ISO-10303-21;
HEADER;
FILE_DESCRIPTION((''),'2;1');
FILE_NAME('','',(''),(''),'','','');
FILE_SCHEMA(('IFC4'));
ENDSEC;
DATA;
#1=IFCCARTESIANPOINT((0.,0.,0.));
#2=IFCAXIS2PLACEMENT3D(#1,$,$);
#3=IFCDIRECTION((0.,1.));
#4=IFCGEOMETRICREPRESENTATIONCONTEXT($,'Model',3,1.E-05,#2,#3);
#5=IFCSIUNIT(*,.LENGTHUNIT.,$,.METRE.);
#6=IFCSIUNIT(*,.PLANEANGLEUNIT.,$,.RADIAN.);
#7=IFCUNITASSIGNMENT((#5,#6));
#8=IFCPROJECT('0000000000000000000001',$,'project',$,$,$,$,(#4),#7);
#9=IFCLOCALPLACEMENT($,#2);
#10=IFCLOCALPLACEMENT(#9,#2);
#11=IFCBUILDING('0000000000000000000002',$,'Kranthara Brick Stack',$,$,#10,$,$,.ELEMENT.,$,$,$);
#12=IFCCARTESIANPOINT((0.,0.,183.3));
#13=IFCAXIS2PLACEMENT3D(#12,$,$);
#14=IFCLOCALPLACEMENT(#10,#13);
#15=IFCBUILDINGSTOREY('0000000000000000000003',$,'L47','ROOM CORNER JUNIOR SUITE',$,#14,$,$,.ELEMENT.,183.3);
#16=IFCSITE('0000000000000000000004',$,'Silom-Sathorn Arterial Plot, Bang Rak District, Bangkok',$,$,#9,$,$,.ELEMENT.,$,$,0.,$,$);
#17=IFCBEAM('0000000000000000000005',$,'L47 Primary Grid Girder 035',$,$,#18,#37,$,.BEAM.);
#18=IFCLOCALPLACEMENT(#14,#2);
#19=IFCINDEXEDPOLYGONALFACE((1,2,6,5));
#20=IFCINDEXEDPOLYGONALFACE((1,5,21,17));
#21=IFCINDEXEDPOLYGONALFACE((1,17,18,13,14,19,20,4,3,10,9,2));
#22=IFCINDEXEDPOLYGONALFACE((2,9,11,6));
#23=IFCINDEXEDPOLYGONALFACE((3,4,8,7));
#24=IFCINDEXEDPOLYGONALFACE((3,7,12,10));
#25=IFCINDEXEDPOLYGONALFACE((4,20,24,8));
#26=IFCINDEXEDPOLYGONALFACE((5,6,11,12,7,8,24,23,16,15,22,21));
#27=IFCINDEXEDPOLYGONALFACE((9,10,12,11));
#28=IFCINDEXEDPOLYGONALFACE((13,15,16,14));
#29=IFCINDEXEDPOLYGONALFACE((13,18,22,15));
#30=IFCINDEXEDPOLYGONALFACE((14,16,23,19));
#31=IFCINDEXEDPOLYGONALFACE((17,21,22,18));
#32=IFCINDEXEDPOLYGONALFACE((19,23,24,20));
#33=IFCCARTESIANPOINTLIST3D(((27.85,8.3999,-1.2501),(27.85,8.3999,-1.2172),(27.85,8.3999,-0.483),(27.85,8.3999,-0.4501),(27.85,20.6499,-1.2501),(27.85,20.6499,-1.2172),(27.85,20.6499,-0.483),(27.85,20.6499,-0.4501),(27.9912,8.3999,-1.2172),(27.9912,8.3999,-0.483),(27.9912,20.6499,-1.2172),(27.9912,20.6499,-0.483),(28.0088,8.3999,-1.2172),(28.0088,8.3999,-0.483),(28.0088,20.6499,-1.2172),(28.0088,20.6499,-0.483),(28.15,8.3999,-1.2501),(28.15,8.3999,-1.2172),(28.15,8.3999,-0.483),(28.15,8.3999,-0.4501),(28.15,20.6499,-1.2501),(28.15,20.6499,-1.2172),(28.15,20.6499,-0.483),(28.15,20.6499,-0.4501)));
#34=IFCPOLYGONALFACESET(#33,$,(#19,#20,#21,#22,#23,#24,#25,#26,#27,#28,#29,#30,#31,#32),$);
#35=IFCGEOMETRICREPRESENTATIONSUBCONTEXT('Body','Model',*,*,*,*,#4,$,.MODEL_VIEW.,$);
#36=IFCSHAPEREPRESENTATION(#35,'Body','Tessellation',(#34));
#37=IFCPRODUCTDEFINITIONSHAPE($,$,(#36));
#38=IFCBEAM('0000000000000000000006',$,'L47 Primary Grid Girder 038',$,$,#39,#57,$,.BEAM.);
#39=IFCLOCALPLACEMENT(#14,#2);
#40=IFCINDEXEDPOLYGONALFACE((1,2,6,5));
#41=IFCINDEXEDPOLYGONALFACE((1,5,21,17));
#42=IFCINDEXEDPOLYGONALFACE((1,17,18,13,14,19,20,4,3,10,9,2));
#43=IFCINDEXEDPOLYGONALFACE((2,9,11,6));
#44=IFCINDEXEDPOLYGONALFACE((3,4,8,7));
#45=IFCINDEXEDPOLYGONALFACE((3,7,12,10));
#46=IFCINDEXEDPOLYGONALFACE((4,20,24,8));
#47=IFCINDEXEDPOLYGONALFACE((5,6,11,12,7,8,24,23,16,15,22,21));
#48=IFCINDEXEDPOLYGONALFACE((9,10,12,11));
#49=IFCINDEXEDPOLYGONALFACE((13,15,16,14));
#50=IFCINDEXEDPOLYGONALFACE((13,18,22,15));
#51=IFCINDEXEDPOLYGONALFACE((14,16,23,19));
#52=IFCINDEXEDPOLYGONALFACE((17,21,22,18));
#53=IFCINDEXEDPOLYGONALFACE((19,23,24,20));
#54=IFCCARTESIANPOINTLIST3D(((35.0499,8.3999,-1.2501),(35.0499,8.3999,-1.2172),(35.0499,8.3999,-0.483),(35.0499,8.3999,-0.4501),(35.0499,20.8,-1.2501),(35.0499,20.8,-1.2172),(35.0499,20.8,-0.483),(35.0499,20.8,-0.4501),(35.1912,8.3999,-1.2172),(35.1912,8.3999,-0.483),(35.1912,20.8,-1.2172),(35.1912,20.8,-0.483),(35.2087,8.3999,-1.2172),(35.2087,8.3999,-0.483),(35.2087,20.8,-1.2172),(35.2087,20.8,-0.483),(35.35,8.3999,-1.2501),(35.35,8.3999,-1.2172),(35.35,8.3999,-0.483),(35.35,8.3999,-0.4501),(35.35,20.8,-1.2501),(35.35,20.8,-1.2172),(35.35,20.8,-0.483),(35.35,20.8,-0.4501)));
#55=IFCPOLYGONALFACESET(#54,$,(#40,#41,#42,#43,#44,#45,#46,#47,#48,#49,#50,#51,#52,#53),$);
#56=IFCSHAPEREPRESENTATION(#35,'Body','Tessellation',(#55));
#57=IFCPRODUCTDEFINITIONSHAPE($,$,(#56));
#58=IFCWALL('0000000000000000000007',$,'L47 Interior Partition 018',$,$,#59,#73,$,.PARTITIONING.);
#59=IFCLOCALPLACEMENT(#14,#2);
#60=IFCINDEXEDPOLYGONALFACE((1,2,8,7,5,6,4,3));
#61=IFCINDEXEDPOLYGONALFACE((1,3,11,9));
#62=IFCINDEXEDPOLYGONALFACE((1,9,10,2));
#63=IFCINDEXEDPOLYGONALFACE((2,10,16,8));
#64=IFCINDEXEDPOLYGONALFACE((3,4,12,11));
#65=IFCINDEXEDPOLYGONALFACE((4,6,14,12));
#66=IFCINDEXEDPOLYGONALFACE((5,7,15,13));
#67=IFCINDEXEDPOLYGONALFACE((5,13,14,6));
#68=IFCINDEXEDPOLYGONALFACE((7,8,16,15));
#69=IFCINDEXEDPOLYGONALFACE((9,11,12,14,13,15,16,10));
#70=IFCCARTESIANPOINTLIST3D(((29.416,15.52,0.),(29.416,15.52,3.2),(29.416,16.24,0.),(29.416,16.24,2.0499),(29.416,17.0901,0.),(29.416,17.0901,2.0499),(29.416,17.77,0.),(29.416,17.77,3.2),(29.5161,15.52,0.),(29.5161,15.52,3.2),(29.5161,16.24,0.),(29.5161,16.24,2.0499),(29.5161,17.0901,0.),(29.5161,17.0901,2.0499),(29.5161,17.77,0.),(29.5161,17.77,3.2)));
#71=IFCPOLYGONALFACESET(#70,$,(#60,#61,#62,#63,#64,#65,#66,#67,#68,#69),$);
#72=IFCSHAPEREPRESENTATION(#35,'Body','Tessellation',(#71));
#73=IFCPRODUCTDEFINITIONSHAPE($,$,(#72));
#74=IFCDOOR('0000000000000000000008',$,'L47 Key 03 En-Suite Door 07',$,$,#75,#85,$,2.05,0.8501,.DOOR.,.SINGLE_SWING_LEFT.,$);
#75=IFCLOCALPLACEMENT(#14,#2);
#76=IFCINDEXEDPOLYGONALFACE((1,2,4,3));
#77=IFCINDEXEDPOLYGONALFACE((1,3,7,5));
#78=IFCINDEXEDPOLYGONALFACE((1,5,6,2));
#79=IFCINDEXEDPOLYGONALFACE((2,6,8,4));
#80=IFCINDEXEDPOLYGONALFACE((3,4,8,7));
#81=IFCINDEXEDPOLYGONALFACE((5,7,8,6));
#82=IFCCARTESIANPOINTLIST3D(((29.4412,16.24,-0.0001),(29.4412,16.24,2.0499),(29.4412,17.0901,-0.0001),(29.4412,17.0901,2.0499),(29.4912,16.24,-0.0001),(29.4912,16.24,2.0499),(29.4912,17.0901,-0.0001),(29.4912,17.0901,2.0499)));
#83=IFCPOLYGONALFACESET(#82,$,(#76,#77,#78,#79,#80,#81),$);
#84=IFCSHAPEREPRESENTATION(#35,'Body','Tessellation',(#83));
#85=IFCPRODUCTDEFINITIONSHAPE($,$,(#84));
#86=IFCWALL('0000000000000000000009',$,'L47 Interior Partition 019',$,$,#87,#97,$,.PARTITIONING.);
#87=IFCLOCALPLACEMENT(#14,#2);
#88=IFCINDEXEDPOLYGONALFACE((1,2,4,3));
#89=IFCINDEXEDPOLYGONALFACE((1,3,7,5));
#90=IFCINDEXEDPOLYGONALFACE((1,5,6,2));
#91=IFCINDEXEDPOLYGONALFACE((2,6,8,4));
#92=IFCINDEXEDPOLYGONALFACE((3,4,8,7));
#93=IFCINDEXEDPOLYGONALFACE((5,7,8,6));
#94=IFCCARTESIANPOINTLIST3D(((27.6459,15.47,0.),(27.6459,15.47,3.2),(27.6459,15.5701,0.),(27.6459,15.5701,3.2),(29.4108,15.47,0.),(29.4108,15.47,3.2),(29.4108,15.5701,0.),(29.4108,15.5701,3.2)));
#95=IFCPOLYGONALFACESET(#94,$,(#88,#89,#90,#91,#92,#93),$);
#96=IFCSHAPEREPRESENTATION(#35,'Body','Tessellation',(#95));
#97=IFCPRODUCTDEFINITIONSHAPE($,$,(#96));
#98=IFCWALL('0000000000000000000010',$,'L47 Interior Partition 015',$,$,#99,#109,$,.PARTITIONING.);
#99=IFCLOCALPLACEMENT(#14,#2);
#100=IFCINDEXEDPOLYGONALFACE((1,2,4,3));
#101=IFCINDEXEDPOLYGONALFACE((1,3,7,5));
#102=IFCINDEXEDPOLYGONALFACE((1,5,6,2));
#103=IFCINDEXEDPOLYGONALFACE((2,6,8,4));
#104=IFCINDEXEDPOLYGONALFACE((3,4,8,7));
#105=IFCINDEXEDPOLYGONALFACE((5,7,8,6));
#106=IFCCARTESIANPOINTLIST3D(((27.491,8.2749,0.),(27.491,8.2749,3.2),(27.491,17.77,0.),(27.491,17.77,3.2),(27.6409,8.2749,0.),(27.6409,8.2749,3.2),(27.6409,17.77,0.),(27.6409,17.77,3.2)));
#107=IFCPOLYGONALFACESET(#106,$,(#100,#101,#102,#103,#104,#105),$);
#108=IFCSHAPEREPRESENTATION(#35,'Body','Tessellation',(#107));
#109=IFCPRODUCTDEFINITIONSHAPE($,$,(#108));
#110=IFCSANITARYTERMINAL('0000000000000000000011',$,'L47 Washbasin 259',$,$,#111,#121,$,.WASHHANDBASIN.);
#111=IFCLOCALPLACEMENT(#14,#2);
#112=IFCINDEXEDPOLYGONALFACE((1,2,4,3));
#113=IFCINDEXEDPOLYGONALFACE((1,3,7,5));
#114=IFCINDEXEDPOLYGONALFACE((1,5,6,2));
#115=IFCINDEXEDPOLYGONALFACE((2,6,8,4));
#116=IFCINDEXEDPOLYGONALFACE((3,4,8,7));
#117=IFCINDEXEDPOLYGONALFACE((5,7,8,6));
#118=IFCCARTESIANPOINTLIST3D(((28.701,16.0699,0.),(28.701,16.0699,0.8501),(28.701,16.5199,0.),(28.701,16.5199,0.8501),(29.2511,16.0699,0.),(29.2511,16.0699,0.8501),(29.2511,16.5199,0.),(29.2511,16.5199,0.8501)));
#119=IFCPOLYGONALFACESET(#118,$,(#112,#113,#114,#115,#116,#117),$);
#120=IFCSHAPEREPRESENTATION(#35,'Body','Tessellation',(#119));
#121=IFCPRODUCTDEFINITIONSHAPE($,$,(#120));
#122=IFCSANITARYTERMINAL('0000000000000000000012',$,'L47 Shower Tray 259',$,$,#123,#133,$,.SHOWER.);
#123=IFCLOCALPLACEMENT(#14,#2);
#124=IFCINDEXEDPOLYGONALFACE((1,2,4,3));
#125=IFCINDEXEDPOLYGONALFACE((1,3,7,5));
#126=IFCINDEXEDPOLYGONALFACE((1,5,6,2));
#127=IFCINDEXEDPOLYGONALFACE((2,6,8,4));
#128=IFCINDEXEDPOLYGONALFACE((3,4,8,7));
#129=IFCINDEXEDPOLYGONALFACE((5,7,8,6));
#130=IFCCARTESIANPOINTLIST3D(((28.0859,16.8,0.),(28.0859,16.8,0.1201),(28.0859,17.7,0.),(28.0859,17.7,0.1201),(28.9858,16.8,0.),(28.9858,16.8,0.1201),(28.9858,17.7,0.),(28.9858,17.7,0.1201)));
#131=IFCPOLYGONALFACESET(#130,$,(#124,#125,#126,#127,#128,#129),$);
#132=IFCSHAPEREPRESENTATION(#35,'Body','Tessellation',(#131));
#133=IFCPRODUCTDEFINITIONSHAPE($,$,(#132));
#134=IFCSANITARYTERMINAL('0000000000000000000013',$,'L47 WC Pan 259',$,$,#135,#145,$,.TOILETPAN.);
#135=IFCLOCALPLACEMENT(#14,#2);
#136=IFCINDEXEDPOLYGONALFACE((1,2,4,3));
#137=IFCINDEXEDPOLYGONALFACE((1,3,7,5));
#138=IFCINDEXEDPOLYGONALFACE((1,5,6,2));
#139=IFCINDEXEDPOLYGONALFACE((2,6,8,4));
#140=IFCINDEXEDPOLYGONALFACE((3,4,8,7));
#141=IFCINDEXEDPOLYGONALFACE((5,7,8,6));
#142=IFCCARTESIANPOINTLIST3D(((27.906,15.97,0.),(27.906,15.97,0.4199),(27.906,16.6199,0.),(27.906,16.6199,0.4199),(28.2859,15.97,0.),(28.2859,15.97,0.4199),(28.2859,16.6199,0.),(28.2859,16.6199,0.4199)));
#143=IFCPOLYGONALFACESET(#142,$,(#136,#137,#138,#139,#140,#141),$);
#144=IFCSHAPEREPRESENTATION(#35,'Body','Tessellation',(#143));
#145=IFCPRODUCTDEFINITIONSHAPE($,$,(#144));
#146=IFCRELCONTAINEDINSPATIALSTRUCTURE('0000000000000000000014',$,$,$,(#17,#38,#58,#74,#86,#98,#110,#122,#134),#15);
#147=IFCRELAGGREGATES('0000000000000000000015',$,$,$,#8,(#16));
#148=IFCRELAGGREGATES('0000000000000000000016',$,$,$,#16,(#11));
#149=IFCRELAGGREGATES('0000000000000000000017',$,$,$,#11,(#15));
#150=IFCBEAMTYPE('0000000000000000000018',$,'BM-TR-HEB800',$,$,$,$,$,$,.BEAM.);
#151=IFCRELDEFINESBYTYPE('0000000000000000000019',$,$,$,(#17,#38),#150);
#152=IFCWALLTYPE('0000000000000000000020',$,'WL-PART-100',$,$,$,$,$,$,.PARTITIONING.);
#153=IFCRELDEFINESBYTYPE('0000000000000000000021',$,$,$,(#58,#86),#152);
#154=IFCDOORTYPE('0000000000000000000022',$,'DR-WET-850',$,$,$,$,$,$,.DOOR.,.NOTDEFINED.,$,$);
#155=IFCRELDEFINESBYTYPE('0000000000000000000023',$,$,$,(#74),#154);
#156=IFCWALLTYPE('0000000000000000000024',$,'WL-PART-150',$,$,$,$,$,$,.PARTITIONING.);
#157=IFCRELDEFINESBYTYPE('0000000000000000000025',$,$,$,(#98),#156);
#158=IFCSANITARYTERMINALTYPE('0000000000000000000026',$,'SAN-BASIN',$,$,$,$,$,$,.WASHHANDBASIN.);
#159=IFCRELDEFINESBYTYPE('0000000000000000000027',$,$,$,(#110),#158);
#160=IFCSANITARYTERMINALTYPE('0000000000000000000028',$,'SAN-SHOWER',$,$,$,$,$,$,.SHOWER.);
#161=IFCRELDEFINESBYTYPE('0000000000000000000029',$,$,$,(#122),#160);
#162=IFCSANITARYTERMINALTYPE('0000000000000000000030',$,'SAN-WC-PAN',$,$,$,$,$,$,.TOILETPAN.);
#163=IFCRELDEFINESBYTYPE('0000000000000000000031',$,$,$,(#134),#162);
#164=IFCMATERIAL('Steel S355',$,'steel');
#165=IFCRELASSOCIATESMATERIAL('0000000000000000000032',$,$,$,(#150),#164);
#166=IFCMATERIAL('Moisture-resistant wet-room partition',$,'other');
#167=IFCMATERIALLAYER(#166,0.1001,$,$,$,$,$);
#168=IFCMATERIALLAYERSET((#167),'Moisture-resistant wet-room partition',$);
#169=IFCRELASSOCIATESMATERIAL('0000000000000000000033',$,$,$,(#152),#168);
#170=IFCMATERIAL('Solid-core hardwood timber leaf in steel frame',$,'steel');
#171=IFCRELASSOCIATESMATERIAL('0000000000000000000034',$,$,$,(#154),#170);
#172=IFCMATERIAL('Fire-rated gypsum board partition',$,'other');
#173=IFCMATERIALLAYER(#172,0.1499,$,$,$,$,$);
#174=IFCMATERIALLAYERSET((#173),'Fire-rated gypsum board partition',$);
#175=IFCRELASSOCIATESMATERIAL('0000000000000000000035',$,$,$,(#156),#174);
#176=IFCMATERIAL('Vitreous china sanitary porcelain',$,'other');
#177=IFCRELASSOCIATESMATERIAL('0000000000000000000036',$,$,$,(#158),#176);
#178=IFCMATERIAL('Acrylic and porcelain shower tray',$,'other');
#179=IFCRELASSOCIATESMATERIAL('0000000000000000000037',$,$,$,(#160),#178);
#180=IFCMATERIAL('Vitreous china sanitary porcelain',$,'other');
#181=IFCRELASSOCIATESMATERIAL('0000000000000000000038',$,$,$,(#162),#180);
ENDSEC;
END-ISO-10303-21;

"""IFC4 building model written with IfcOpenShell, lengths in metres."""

from ifc_helpers import new_model, si_unit, direction, frame, frame_2d, origin, origin_2d, place, context, subcontext, project, spatial, rectangle, i_section, extrude, material, layer, layer_set, material_profile, profile_set, type_object, element, fill, save


model = new_model("IFC4")

# Units and contexts
model_context = context("Model", 3, precision=1e-05, world=origin(), true_north=direction((0.0, 1.0)))
body_context = subcontext(model_context, "Body", "Model", "MODEL_VIEW")
ifc_project = project(units=[si_unit("LENGTHUNIT", "METRE"), si_unit("PLANEANGLEUNIT", "RADIAN")], contexts=[model_context])

# Site, building, storey
site_placement = place(None, origin())
site = spatial("IfcSite", under=ifc_project, at=site_placement, Name="Silom-Sathorn Arterial Plot, Bang Rak District, Bangkok", CompositionType="ELEMENT", RefElevation=0.0)
building_placement = place(site_placement, origin())
building = spatial("IfcBuilding", under=site, at=building_placement, Name="Kranthara Brick Stack", CompositionType="ELEMENT")
storey_placement = place(building_placement, frame((0.0, 0.0, 183.3)))
storey = spatial("IfcBuildingStorey", under=building, at=storey_placement, Name="L47", Description="ROOM CORNER JUNIOR SUITE", CompositionType="ELEMENT", Elevation=183.3)

# Beams
ifc_material_1 = material(Name="Steel S355", Category="steel")
ifc_material_profile_1 = material_profile(ifc_material_1, i_section(OverallWidth=0.3, OverallDepth=0.8, WebThickness=0.0176, FlangeThickness=0.033, at=origin_2d()), Name="HEB 800")
ifc_profile_set_1 = profile_set([ifc_material_profile_1], Name="Steel S355")
beam_type_1 = type_object("IfcBeamType", Name="BM-TR-HEB800", PredefinedType="BEAM", material=ifc_profile_set_1)
beam_1_placement = place(storey_placement, frame((28.0, 8.3999, -0.8501), z_axis=(0.0, 1.0, 0.0), x_axis=(-1.0, 0.0, 0.0)))
element("IfcBeam", 1, at=beam_1_placement, inside=storey, type_object=beam_type_1, Name="L47 Primary Grid Girder 035", PredefinedType="BEAM", context=body_context, shape_type="SweptSolid", body=[
    extrude(i_section(OverallWidth=0.3, OverallDepth=0.8, WebThickness=0.0176, FlangeThickness=0.033, at=origin_2d()), origin(), (0.0, 0.0, 1.0), 12.25),
])
beam_2_placement = place(storey_placement, frame((35.2, 8.3999, -0.8501), z_axis=(0.0, 1.0, 0.0), x_axis=(-1.0, 0.0, 0.0)))
element("IfcBeam", 2, at=beam_2_placement, inside=storey, type_object=beam_type_1, Name="L47 Primary Grid Girder 038", PredefinedType="BEAM", context=body_context, shape_type="SweptSolid", body=[
    extrude(i_section(OverallWidth=0.3, OverallDepth=0.8, WebThickness=0.0176, FlangeThickness=0.033, at=origin_2d()), origin(), (0.0, 0.0, 1.0), 12.4001),
])

# Wall, opening, door
ifc_material_2 = material(Name="Moisture-resistant wet-room partition", Category="other")
ifc_layer_1 = layer(ifc_material_2, 0.1001)
ifc_layer_set_1 = layer_set([ifc_layer_1], Name="Moisture-resistant wet-room partition")
wall_type_1 = type_object("IfcWallType", Name="WL-PART-100", PredefinedType="PARTITIONING", material=ifc_layer_set_1)
wall_1_placement = place(storey_placement, frame((29.4661, 15.52, 0.0), z_axis=(0.0, 0.0, 1.0), x_axis=(0.0, 1.0, 0.0)))
wall_1 = element("IfcWall", 3, at=wall_1_placement, inside=storey, type_object=wall_type_1, Name="L47 Interior Partition 018", PredefinedType="PARTITIONING", context=body_context, shape_type="SweptSolid", body=[
    extrude(rectangle(XDim=2.25, YDim=0.1001, at=frame_2d((1.125, 0.0))), origin(), (0.0, 0.0, 1.0), 3.2),
])
opening_placement = place(wall_1_placement, frame((0.72, 0.0, 0.0)))
opening = element("IfcOpeningElement", 4, at=opening_placement, cuts=wall_1, PredefinedType="OPENING", context=body_context, shape_type="SweptSolid", body=[
    extrude(rectangle(XDim=0.8501, YDim=2.05, at=frame_2d((0.425, 1.0249))), frame((0.0, 0.0601, 0.0), z_axis=(0.0, -1.0, 0.0), x_axis=(1.0, 0.0, 0.0)), (0.0, 0.0, 1.0), 0.1201),
])
ifc_material_3 = material(Name="Solid-core hardwood timber leaf in steel frame", Category="steel")
door_type = type_object("IfcDoorType", Name="DR-WET-850", OperationType="NOTDEFINED", PredefinedType="DOOR", material=ifc_material_3)
door_placement = place(opening_placement, origin())
door = element("IfcDoor", 5, at=door_placement, inside=storey, type_object=door_type, Name="L47 Key 03 En-Suite Door 07", OperationType="SINGLE_SWING_LEFT", OverallHeight=2.05, OverallWidth=0.8501, PredefinedType="DOOR", context=body_context, shape_type="SweptSolid", body=[
    extrude(rectangle(XDim=0.8501, YDim=2.05, at=frame_2d((0.425, 1.0249))), frame((0.0, 0.0249, 0.0), z_axis=(0.0, -1.0, 0.0), x_axis=(1.0, 0.0, 0.0)), (0.0, 0.0, 1.0), 0.05),
])
fill(opening, door)

# Walls
wall_2_placement = place(storey_placement, frame((27.646, 15.52, 0.0), z_axis=(0.0, 0.0, 1.0), x_axis=(1.0, 0.0, 0.0)))
element("IfcWall", 6, at=wall_2_placement, inside=storey, type_object=wall_type_1, Name="L47 Interior Partition 019", PredefinedType="PARTITIONING", context=body_context, shape_type="SweptSolid", body=[
    extrude(rectangle(XDim=1.7649, YDim=0.1001, at=frame_2d((0.8823, 0.0))), origin(), (0.0, 0.0, 1.0), 3.2),
])
ifc_material_4 = material(Name="Fire-rated gypsum board partition", Category="other")
ifc_layer_2 = layer(ifc_material_4, 0.1499)
ifc_layer_set_2 = layer_set([ifc_layer_2], Name="Fire-rated gypsum board partition")
wall_type_2 = type_object("IfcWallType", Name="WL-PART-150", PredefinedType="PARTITIONING", material=ifc_layer_set_2)
wall_3_placement = place(storey_placement, frame((27.5659, 8.2749, 0.0), z_axis=(0.0, 0.0, 1.0), x_axis=(0.0, 1.0, 0.0)))
element("IfcWall", 7, at=wall_3_placement, inside=storey, type_object=wall_type_2, Name="L47 Interior Partition 015", PredefinedType="PARTITIONING", context=body_context, shape_type="SweptSolid", body=[
    extrude(rectangle(XDim=9.4951, YDim=0.1499, at=frame_2d((4.7476, 0.0))), origin(), (0.0, 0.0, 1.0), 3.2),
])

# Sanitary terminals
ifc_material_5 = material(Name="Vitreous china sanitary porcelain", Category="other")
sanitary_terminal_type_1 = type_object("IfcSanitaryTerminalType", Name="SAN-BASIN", PredefinedType="WASHHANDBASIN", material=ifc_material_5)
sanitary_terminal_1_placement = place(storey_placement, frame((28.9761, 16.2949, 0.0), z_axis=(0.0, 0.0, 1.0), x_axis=(1.0, 0.0, 0.0)))
element("IfcSanitaryTerminal", 8, at=sanitary_terminal_1_placement, inside=storey, type_object=sanitary_terminal_type_1, Name="L47 Washbasin 259", PredefinedType="WASHHANDBASIN", context=body_context, shape_type="SweptSolid", body=[
    extrude(rectangle(XDim=0.55, YDim=0.45, at=origin_2d()), origin(), (0.0, 0.0, 1.0), 0.8501),
])
ifc_material_6 = material(Name="Acrylic and porcelain shower tray", Category="other")
sanitary_terminal_type_2 = type_object("IfcSanitaryTerminalType", Name="SAN-SHOWER", PredefinedType="SHOWER", material=ifc_material_6)
sanitary_terminal_2_placement = place(storey_placement, frame((28.5359, 17.25, 0.0), z_axis=(0.0, 0.0, 1.0), x_axis=(1.0, 0.0, 0.0)))
element("IfcSanitaryTerminal", 9, at=sanitary_terminal_2_placement, inside=storey, type_object=sanitary_terminal_type_2, Name="L47 Shower Tray 259", PredefinedType="SHOWER", context=body_context, shape_type="SweptSolid", body=[
    extrude(rectangle(XDim=0.8999, YDim=0.8999, at=origin_2d()), origin(), (0.0, 0.0, 1.0), 0.1201),
])
ifc_material_7 = material(Name="Vitreous china sanitary porcelain", Category="other")
sanitary_terminal_type_3 = type_object("IfcSanitaryTerminalType", Name="SAN-WC-PAN", PredefinedType="TOILETPAN", material=ifc_material_7)
sanitary_terminal_3_placement = place(storey_placement, frame((28.0959, 16.2949, 0.0), z_axis=(0.0, 0.0, 1.0), x_axis=(1.0, 0.0, 0.0)))
element("IfcSanitaryTerminal", 10, at=sanitary_terminal_3_placement, inside=storey, type_object=sanitary_terminal_type_3, Name="L47 WC Pan 259", PredefinedType="TOILETPAN", context=body_context, shape_type="SweptSolid", body=[
    extrude(rectangle(XDim=0.3799, YDim=0.6499, at=origin_2d()), origin(), (0.0, 0.0, 1.0), 0.4199),
])

save(model, "model.ifc")
